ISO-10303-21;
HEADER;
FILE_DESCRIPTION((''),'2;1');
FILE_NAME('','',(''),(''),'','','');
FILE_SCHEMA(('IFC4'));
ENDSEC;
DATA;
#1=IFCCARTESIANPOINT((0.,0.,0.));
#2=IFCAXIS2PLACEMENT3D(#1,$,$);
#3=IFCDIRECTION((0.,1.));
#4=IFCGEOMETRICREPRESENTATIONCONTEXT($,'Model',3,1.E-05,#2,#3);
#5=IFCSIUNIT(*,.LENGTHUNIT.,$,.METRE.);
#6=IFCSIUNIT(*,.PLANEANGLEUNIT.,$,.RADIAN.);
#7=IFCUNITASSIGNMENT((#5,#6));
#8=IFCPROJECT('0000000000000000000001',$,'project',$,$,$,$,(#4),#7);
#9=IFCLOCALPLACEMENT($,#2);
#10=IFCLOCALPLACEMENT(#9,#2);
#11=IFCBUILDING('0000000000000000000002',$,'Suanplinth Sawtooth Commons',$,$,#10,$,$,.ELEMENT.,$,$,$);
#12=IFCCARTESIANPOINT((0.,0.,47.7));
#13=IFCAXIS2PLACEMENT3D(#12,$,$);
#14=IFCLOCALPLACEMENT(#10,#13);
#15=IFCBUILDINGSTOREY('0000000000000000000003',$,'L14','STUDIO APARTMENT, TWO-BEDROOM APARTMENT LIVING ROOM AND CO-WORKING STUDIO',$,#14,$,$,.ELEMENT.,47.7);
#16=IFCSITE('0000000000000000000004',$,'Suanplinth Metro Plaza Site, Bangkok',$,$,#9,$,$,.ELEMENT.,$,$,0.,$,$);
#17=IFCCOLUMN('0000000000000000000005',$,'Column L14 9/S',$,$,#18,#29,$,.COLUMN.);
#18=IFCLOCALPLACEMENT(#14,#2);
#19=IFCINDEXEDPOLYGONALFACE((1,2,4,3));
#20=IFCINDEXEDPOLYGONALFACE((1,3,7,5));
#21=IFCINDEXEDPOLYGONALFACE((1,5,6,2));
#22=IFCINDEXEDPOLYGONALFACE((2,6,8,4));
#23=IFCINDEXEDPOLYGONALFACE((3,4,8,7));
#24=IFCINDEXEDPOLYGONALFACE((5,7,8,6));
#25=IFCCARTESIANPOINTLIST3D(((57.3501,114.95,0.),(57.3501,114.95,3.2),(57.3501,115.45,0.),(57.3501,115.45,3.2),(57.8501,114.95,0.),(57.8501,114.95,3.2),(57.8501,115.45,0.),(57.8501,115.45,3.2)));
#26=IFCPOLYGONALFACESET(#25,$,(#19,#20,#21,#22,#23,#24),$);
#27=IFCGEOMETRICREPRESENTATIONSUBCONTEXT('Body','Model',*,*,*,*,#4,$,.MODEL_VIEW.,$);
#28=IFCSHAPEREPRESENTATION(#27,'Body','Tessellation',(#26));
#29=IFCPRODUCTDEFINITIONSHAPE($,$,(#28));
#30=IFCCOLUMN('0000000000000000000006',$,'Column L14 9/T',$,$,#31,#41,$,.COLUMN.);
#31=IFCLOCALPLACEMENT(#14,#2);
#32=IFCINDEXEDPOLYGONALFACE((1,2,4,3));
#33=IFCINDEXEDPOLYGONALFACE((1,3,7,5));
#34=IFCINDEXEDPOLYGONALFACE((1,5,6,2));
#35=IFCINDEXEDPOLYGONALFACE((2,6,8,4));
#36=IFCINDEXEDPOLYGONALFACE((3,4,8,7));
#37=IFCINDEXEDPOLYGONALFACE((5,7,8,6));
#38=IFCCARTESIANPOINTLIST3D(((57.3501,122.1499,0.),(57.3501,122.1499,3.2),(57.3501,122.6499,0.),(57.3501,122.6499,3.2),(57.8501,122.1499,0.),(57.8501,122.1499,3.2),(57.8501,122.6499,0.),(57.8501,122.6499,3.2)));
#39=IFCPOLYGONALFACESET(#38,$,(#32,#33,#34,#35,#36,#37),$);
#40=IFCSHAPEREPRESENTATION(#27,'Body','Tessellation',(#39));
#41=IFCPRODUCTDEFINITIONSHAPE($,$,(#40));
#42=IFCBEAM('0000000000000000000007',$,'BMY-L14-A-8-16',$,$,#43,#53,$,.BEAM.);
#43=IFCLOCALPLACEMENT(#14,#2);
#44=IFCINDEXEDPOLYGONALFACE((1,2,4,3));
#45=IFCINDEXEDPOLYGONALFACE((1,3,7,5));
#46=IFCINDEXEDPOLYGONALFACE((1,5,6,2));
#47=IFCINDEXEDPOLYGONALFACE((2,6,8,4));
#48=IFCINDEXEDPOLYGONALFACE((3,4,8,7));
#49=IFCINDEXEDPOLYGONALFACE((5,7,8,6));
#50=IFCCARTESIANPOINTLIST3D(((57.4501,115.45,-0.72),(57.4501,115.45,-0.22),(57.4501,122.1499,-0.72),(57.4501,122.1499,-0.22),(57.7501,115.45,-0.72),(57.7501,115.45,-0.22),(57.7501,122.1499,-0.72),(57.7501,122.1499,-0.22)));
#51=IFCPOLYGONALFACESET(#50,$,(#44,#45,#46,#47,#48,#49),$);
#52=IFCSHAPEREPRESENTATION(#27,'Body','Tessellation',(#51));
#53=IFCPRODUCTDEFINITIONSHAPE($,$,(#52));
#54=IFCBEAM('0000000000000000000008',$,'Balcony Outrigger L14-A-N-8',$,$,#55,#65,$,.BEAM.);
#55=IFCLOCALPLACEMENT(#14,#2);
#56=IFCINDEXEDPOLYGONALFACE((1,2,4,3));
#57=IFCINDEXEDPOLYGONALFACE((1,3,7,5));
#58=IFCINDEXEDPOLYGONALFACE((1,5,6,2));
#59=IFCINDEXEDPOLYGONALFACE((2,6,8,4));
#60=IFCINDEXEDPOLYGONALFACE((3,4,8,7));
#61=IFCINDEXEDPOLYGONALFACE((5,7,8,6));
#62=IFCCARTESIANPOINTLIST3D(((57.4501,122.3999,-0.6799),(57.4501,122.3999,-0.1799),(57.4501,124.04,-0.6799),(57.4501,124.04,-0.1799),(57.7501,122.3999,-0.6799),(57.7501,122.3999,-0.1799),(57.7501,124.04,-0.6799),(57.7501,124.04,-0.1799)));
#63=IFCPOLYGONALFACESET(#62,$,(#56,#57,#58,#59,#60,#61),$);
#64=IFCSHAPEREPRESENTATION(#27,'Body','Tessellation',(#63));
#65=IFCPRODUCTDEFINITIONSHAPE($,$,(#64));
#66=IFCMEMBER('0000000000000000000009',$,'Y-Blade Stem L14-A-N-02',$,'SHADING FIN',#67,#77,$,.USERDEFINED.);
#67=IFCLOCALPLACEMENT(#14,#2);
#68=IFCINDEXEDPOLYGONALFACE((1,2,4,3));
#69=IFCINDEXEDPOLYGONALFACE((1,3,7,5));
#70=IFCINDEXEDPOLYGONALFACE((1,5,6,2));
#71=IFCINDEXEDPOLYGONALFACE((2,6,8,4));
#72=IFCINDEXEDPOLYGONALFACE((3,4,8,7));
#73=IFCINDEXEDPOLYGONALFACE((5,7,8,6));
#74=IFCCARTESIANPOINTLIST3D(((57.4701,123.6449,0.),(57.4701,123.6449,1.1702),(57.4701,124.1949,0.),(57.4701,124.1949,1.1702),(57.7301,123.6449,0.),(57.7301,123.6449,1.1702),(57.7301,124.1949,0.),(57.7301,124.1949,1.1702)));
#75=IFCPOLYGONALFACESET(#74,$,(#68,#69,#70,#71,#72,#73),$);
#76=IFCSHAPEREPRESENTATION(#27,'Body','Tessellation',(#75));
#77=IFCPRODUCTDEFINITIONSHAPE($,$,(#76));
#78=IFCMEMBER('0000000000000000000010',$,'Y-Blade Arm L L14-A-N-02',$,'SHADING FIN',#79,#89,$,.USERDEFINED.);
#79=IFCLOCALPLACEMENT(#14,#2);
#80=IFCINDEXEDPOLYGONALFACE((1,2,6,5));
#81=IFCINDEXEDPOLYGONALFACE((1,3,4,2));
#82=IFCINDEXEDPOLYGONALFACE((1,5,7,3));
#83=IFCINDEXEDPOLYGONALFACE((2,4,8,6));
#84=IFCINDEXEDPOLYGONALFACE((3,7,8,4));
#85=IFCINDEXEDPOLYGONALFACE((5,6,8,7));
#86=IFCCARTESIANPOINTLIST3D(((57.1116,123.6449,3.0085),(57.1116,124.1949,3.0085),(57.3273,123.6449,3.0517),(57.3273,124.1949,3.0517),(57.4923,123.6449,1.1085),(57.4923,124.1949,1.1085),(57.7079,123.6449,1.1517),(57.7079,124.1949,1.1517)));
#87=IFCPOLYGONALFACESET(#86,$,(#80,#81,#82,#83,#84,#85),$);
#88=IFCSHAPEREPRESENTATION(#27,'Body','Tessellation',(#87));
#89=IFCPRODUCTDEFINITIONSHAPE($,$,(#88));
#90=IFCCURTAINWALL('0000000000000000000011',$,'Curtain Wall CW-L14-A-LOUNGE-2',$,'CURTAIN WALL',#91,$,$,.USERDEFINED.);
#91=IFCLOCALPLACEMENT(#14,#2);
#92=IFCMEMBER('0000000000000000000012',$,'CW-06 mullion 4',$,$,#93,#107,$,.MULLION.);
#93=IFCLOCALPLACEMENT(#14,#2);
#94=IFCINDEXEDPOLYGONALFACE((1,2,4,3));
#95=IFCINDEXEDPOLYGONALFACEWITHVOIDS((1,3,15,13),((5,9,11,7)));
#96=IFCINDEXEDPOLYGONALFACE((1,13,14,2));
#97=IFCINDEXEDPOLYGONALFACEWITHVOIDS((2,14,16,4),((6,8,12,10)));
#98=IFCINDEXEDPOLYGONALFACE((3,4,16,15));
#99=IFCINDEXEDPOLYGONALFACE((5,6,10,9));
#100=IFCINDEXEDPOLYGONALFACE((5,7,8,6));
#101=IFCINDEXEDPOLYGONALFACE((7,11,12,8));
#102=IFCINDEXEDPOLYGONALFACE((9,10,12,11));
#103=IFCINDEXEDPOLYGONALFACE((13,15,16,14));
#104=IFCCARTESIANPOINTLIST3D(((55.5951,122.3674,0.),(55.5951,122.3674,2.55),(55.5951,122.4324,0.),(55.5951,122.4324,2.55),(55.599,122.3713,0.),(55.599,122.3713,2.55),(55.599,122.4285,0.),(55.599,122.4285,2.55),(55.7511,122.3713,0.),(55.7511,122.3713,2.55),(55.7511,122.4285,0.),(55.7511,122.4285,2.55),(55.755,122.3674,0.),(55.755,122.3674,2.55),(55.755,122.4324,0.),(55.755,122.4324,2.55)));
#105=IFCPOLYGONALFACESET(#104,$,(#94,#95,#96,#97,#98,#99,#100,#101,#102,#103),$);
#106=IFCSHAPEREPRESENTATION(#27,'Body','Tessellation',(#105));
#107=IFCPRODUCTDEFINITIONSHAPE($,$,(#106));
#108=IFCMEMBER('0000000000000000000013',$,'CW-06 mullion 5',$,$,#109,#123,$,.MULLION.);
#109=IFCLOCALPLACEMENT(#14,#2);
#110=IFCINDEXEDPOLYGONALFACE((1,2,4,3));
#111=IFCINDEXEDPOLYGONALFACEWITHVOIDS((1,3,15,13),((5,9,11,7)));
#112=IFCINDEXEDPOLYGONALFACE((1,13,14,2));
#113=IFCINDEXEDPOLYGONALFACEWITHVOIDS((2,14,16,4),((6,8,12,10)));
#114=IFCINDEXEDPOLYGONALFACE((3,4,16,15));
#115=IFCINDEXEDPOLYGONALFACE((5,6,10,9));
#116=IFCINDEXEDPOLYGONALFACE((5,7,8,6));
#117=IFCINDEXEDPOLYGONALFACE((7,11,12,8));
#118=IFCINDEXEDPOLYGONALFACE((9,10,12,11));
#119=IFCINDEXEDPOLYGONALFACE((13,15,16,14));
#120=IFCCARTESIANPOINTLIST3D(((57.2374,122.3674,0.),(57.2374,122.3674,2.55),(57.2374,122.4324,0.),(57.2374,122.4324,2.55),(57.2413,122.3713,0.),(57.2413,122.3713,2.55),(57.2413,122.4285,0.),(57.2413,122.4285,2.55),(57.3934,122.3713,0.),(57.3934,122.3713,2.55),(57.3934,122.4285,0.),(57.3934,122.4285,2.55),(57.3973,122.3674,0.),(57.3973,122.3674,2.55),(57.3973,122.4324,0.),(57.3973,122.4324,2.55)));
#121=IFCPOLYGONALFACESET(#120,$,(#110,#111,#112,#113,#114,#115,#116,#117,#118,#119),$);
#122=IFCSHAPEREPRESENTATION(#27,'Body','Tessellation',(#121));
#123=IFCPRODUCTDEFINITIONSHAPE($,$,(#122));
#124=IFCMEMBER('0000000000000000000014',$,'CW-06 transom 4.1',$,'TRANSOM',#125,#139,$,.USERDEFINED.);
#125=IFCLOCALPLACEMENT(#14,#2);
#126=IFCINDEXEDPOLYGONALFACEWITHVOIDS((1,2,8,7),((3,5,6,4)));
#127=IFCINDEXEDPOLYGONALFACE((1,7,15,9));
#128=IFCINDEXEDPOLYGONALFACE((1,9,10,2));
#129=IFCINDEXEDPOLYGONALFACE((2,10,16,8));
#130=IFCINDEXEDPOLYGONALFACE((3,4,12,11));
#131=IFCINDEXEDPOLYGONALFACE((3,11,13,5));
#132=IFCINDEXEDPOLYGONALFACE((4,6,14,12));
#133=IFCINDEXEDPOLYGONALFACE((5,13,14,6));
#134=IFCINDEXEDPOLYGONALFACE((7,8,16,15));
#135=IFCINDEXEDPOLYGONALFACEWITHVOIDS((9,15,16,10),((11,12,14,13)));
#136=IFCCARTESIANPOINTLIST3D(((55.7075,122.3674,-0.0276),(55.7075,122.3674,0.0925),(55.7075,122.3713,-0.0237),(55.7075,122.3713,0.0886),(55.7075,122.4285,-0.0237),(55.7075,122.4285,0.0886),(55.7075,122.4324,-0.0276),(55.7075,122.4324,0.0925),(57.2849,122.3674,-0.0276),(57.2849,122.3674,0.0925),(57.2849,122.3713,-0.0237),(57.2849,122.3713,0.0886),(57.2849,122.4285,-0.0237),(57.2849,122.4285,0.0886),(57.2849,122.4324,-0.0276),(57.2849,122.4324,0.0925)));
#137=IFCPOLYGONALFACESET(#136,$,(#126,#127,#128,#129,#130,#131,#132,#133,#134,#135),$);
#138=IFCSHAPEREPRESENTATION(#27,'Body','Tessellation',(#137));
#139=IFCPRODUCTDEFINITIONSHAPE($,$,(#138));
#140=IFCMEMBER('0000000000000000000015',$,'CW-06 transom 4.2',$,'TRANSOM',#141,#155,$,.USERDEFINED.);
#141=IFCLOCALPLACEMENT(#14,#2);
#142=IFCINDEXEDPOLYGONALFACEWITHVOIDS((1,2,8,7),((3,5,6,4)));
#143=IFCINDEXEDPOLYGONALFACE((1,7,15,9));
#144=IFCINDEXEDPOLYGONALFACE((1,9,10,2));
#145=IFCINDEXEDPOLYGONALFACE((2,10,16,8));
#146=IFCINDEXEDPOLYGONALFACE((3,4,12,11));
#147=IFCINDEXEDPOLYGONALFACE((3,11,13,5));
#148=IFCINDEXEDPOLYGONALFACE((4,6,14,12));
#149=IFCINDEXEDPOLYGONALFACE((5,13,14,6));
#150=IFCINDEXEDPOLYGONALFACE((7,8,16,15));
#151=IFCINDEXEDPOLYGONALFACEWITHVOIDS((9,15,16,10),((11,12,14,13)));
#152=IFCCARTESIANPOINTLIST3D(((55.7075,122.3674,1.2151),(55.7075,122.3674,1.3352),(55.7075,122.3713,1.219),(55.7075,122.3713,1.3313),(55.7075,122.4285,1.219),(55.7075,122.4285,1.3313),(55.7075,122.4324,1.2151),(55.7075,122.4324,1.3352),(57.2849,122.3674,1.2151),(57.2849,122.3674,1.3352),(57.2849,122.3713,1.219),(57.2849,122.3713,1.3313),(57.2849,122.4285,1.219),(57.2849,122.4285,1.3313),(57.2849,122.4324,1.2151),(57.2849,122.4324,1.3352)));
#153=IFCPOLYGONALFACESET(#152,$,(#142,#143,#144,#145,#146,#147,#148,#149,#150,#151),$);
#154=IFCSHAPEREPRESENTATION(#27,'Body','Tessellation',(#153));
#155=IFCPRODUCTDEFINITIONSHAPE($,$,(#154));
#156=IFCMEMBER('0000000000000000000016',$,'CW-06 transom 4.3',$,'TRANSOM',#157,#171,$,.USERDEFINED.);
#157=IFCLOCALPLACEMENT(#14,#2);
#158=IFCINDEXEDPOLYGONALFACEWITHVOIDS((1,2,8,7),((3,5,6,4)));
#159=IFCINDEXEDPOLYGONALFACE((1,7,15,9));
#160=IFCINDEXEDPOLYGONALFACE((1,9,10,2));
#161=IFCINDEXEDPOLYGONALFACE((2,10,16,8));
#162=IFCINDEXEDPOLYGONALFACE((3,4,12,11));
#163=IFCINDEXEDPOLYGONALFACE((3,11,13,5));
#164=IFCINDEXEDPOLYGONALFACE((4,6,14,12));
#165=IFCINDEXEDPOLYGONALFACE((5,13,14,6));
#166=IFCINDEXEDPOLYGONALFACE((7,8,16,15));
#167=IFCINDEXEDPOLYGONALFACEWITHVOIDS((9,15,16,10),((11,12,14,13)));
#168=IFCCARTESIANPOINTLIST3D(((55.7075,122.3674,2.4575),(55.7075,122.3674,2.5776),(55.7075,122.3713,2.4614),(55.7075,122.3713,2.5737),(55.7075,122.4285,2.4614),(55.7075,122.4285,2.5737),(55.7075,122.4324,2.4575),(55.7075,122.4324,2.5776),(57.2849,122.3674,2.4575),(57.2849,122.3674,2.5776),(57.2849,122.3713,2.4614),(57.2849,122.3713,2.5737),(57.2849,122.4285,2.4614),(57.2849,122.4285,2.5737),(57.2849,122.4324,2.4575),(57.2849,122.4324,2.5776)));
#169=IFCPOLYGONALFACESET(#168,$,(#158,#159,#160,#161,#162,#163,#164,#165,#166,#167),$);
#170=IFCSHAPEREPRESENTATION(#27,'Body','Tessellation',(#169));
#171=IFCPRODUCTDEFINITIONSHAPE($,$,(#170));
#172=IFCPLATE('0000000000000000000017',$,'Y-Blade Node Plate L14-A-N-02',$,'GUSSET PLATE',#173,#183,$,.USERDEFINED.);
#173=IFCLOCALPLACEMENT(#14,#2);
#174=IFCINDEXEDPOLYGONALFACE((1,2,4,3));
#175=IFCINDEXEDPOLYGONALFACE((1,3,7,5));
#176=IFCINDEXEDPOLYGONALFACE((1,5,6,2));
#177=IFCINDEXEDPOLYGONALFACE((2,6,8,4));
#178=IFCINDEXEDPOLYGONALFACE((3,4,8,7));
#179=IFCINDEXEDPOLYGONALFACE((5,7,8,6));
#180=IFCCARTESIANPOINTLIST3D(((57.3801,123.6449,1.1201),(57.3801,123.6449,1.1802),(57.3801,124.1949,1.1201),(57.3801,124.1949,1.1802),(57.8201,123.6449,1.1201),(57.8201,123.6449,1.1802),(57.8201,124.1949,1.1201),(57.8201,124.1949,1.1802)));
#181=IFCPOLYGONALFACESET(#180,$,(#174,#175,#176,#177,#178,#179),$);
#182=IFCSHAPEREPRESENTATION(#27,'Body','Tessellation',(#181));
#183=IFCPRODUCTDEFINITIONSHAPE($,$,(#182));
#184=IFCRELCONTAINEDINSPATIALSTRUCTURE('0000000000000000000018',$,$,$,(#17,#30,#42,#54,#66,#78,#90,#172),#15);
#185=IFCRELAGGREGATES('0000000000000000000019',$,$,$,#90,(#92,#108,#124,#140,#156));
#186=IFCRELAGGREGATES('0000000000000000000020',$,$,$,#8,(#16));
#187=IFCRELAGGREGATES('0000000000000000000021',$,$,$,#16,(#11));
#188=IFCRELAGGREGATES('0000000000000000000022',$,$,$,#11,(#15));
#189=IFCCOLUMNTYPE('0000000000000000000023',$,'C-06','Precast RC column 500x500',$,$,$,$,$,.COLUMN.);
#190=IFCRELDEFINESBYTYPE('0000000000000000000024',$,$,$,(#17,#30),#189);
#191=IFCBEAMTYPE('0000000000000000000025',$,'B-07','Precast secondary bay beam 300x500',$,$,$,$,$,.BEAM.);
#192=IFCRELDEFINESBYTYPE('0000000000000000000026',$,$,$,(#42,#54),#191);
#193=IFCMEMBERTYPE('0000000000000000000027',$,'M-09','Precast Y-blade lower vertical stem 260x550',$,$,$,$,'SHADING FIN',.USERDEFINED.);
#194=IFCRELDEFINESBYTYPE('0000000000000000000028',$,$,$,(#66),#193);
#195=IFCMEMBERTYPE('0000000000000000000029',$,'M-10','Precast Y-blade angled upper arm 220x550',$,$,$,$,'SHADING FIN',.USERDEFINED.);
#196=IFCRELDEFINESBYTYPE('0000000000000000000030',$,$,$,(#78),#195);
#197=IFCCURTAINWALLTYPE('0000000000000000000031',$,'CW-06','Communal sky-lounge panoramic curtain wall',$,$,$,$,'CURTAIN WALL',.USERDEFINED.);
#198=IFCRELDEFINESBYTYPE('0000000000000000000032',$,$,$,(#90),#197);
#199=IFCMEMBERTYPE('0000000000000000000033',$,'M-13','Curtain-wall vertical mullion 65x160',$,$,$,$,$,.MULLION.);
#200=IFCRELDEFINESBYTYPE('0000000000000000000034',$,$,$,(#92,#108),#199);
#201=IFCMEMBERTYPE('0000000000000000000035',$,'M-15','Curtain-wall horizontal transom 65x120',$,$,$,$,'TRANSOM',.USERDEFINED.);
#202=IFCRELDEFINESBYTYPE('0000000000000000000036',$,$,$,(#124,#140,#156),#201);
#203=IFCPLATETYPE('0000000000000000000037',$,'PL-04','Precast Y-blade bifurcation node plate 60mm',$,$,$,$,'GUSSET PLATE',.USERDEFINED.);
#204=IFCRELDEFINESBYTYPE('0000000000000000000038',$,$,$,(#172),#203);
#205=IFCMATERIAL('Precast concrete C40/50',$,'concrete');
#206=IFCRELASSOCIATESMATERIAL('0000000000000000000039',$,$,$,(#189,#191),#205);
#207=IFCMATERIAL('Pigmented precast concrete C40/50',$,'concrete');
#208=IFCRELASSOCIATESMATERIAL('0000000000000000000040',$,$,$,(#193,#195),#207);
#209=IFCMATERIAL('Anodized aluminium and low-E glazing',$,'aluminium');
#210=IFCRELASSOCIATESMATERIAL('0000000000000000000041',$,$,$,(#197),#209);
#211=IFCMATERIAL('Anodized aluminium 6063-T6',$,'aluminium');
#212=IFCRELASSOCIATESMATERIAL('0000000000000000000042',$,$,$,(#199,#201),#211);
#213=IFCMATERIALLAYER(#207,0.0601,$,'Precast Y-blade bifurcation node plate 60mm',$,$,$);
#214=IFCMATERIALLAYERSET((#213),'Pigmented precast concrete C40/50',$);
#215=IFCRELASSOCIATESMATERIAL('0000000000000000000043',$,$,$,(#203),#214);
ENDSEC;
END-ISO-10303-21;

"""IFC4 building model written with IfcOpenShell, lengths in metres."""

from ifc_helpers import new_model, si_unit, direction, frame, origin, origin_2d, place, context, subcontext, project, spatial, rectangle, hollow_rectangle, extrude, material, layer, layer_set, material_profile, profile_set, type_object, element, aggregate, save


model = new_model("IFC4")

# Units and contexts
model_context = context("Model", 3, precision=1e-05, world=origin(), true_north=direction((0.0, 1.0)))
body_context = subcontext(model_context, "Body", "Model", "MODEL_VIEW")
ifc_project = project(units=[si_unit("LENGTHUNIT", "METRE"), si_unit("PLANEANGLEUNIT", "RADIAN")], contexts=[model_context])

# Site, building, storey
site_placement = place(None, origin())
site = spatial("IfcSite", under=ifc_project, at=site_placement, Name="Suanplinth Metro Plaza Site, Bangkok", CompositionType="ELEMENT", RefElevation=0.0)
building_placement = place(site_placement, origin())
building = spatial("IfcBuilding", under=site, at=building_placement, Name="Suanplinth Sawtooth Commons", CompositionType="ELEMENT")
storey_placement = place(building_placement, frame((0.0, 0.0, 47.7)))
storey = spatial("IfcBuildingStorey", under=building, at=storey_placement, Name="L14", Description="STUDIO APARTMENT, TWO-BEDROOM APARTMENT LIVING ROOM AND CO-WORKING STUDIO", CompositionType="ELEMENT", Elevation=47.7)

# Columns
ifc_material_1 = material(Name="Precast concrete C40/50", Category="concrete")
ifc_material_profile_1 = material_profile(ifc_material_1, rectangle(XDim=0.5, YDim=0.5, at=origin_2d()), Name="PC-COL 500x500")
ifc_profile_set_1 = profile_set([ifc_material_profile_1], Name="Precast concrete C40/50")
column_type = type_object("IfcColumnType", Name="C-06", Description="Precast RC column 500x500", PredefinedType="COLUMN", material=ifc_profile_set_1)
for number, where, z_axis, x_axis, name in (
    (1, (57.6001, 115.2, 0.0), (0.0, 0.0, 1.0), (1.0, 0.0, 0.0), "Column L14 9/S"),
    (2, (57.6001, 122.3999, 0.0), (0.0, 0.0, 1.0), (1.0, 0.0, 0.0), "Column L14 9/T"),
):
    element("IfcColumn", number, at=place(storey_placement, frame(where, z_axis=z_axis, x_axis=x_axis)), inside=storey, type_object=column_type, Name=name, PredefinedType="COLUMN", context=body_context, shape_type="SweptSolid", body=[
        extrude(rectangle(XDim=0.5, YDim=0.5, at=origin_2d()), origin(), (0.0, 0.0, 1.0), 3.2),
    ])

# Beams
ifc_material_profile_2 = material_profile(ifc_material_1, rectangle(XDim=0.3, YDim=0.5, at=origin_2d()), Name="PC-BM 300x500")
ifc_profile_set_2 = profile_set([ifc_material_profile_2], Name="Precast concrete C40/50")
beam_type = type_object("IfcBeamType", Name="B-07", Description="Precast secondary bay beam 300x500", PredefinedType="BEAM", material=ifc_profile_set_2)
beam_1_placement = place(storey_placement, frame((57.6001, 115.45, -0.47), z_axis=(0.0, 1.0, 0.0), x_axis=(-1.0, 0.0, 0.0)))
element("IfcBeam", 3, at=beam_1_placement, inside=storey, type_object=beam_type, Name="BMY-L14-A-8-16", PredefinedType="BEAM", context=body_context, shape_type="SweptSolid", body=[
    extrude(rectangle(XDim=0.3, YDim=0.5, at=origin_2d()), origin(), (0.0, 0.0, 1.0), 6.7),
])
beam_2_placement = place(storey_placement, frame((57.6001, 122.3999, -0.4299), z_axis=(0.0, 1.0, 0.0), x_axis=(-1.0, 0.0, 0.0)))
element("IfcBeam", 4, at=beam_2_placement, inside=storey, type_object=beam_type, Name="Balcony Outrigger L14-A-N-8", PredefinedType="BEAM", context=body_context, shape_type="SweptSolid", body=[
    extrude(rectangle(XDim=0.3, YDim=0.5, at=origin_2d()), origin(), (0.0, 0.0, 1.0), 1.6401),
])

# Members
ifc_material_2 = material(Name="Pigmented precast concrete C40/50", Category="concrete")
ifc_material_profile_3 = material_profile(ifc_material_2, rectangle(XDim=0.26, YDim=0.55, at=origin_2d()), Name="PC-FIN 260x550")
ifc_profile_set_3 = profile_set([ifc_material_profile_3], Name="Pigmented precast concrete C40/50")
member_type_1 = type_object("IfcMemberType", Name="M-09", Description="Precast Y-blade lower vertical stem 260x550", ElementType="SHADING FIN", PredefinedType="USERDEFINED", material=ifc_profile_set_3)
member_1_placement = place(storey_placement, frame((57.6001, 123.9199, 0.0), z_axis=(0.0, 0.0, 1.0), x_axis=(1.0, 0.0, 0.0)))
element("IfcMember", 5, at=member_1_placement, inside=storey, type_object=member_type_1, Name="Y-Blade Stem L14-A-N-02", ObjectType="SHADING FIN", PredefinedType="USERDEFINED", context=body_context, shape_type="SweptSolid", body=[
    extrude(rectangle(XDim=0.26, YDim=0.55, at=origin_2d()), origin(), (0.0, 0.0, 1.0), 1.1702),
])
ifc_material_profile_4 = material_profile(ifc_material_2, rectangle(XDim=0.22, YDim=0.55, at=origin_2d()), Name="PC-FIN 220x550")
ifc_profile_set_4 = profile_set([ifc_material_profile_4], Name="Pigmented precast concrete C40/50")
member_type_2 = type_object("IfcMemberType", Name="M-10", Description="Precast Y-blade angled upper arm 220x550", ElementType="SHADING FIN", PredefinedType="USERDEFINED", material=ifc_profile_set_4)
member_2_placement = place(storey_placement, frame((57.6001, 123.9199, 1.1301), z_axis=(-0.196431, 0.0, 0.980518), x_axis=(0.980518, 0.0, 0.196431)))
element("IfcMember", 6, at=member_2_placement, inside=storey, type_object=member_type_2, Name="Y-Blade Arm L L14-A-N-02", ObjectType="SHADING FIN", PredefinedType="USERDEFINED", context=body_context, shape_type="SweptSolid", body=[
    extrude(rectangle(XDim=0.22, YDim=0.55, at=origin_2d()), origin(), (0.0, 0.0, 1.0), 1.9377),
])

# Curtain wall, members
ifc_material_3 = material(Name="Anodized aluminium and low-E glazing", Category="aluminium")
curtain_wall_type = type_object("IfcCurtainWallType", Name="CW-06", Description="Communal sky-lounge panoramic curtain wall", ElementType="CURTAIN WALL", PredefinedType="USERDEFINED", material=ifc_material_3)
curtain_wall_placement = place(storey_placement, origin())
curtain_wall = element("IfcCurtainWall", 7, at=curtain_wall_placement, inside=storey, type_object=curtain_wall_type, Name="Curtain Wall CW-L14-A-LOUNGE-2", ObjectType="CURTAIN WALL", PredefinedType="USERDEFINED")
ifc_material_4 = material(Name="Anodized aluminium 6063-T6", Category="aluminium")
ifc_material_profile_5 = material_profile(ifc_material_4, hollow_rectangle(XDim=0.0649, YDim=0.1599, WallThickness=0.0039, at=origin_2d()), Name="ALU-MUL 65x160")
ifc_profile_set_5 = profile_set([ifc_material_profile_5], Name="Anodized aluminium 6063-T6")
member_type_3 = type_object("IfcMemberType", Name="M-13", Description="Curtain-wall vertical mullion 65x160", PredefinedType="MULLION", material=ifc_profile_set_5)
member_3_placement = place(storey_placement, frame((55.675, 122.3999, 0.0), z_axis=(0.0, 0.0, 1.0), x_axis=(0.0, 1.0, 0.0)))
member_3 = element("IfcMember", 8, at=member_3_placement, type_object=member_type_3, Name="CW-06 mullion 4", PredefinedType="MULLION", context=body_context, shape_type="SweptSolid", body=[
    extrude(hollow_rectangle(XDim=0.0649, YDim=0.1599, WallThickness=0.0039, at=origin_2d()), origin(), (0.0, 0.0, 1.0), 2.55),
])
member_4_placement = place(storey_placement, frame((57.3174, 122.3999, 0.0), z_axis=(0.0, 0.0, 1.0), x_axis=(0.0, 1.0, 0.0)))
member_4 = element("IfcMember", 9, at=member_4_placement, type_object=member_type_3, Name="CW-06 mullion 5", PredefinedType="MULLION", context=body_context, shape_type="SweptSolid", body=[
    extrude(hollow_rectangle(XDim=0.0649, YDim=0.1599, WallThickness=0.0039, at=origin_2d()), origin(), (0.0, 0.0, 1.0), 2.55),
])
ifc_material_profile_6 = material_profile(ifc_material_4, hollow_rectangle(XDim=0.0649, YDim=0.1201, WallThickness=0.0039, at=origin_2d()), Name="ALU-TRN 65x120")
ifc_profile_set_6 = profile_set([ifc_material_profile_6], Name="Anodized aluminium 6063-T6")
member_type_4 = type_object("IfcMemberType", Name="M-15", Description="Curtain-wall horizontal transom 65x120", ElementType="TRANSOM", PredefinedType="USERDEFINED", material=ifc_profile_set_6)
member_5_placement = place(storey_placement, frame((55.7075, 122.3999, 0.0325), z_axis=(1.0, 0.0, 0.0), x_axis=(0.0, 1.0, 0.0)))
member_5 = element("IfcMember", 10, at=member_5_placement, type_object=member_type_4, Name="CW-06 transom 4.1", ObjectType="TRANSOM", PredefinedType="USERDEFINED", context=body_context, shape_type="SweptSolid", body=[
    extrude(hollow_rectangle(XDim=0.0649, YDim=0.1201, WallThickness=0.0039, at=origin_2d()), origin(), (0.0, 0.0, 1.0), 1.5774),
])
member_6_placement = place(storey_placement, frame((55.7075, 122.3999, 1.2751), z_axis=(1.0, 0.0, 0.0), x_axis=(0.0, 1.0, 0.0)))
member_6 = element("IfcMember", 11, at=member_6_placement, type_object=member_type_4, Name="CW-06 transom 4.2", ObjectType="TRANSOM", PredefinedType="USERDEFINED", context=body_context, shape_type="SweptSolid", body=[
    extrude(hollow_rectangle(XDim=0.0649, YDim=0.1201, WallThickness=0.0039, at=origin_2d()), origin(), (0.0, 0.0, 1.0), 1.5774),
])
member_7_placement = place(storey_placement, frame((55.7075, 122.3999, 2.5176), z_axis=(1.0, 0.0, 0.0), x_axis=(0.0, 1.0, 0.0)))
member_7 = element("IfcMember", 12, at=member_7_placement, type_object=member_type_4, Name="CW-06 transom 4.3", ObjectType="TRANSOM", PredefinedType="USERDEFINED", context=body_context, shape_type="SweptSolid", body=[
    extrude(hollow_rectangle(XDim=0.0649, YDim=0.1201, WallThickness=0.0039, at=origin_2d()), origin(), (0.0, 0.0, 1.0), 1.5774),
])

# Plate
ifc_layer_1 = layer(ifc_material_2, 0.0601, Name="Precast Y-blade bifurcation node plate 60mm")
ifc_layer_set_1 = layer_set([ifc_layer_1], Name="Pigmented precast concrete C40/50")
plate_type_1 = type_object("IfcPlateType", Name="PL-04", Description="Precast Y-blade bifurcation node plate 60mm", ElementType="GUSSET PLATE", PredefinedType="USERDEFINED", material=ifc_layer_set_1)
plate_1_placement = place(storey_placement, frame((57.6001, 123.9199, 1.1201), z_axis=(0.0, 0.0, 1.0), x_axis=(1.0, 0.0, 0.0)))
element("IfcPlate", 13, at=plate_1_placement, inside=storey, type_object=plate_type_1, Name="Y-Blade Node Plate L14-A-N-02", ObjectType="GUSSET PLATE", PredefinedType="USERDEFINED", context=body_context, shape_type="SweptSolid", body=[
    extrude(rectangle(XDim=0.4399, YDim=0.55, at=origin_2d()), origin(), (0.0, 0.0, 1.0), 0.0601),
])
aggregate(curtain_wall, [member_3, member_4, member_5, member_6, member_7])

save(model, "model.ifc")
